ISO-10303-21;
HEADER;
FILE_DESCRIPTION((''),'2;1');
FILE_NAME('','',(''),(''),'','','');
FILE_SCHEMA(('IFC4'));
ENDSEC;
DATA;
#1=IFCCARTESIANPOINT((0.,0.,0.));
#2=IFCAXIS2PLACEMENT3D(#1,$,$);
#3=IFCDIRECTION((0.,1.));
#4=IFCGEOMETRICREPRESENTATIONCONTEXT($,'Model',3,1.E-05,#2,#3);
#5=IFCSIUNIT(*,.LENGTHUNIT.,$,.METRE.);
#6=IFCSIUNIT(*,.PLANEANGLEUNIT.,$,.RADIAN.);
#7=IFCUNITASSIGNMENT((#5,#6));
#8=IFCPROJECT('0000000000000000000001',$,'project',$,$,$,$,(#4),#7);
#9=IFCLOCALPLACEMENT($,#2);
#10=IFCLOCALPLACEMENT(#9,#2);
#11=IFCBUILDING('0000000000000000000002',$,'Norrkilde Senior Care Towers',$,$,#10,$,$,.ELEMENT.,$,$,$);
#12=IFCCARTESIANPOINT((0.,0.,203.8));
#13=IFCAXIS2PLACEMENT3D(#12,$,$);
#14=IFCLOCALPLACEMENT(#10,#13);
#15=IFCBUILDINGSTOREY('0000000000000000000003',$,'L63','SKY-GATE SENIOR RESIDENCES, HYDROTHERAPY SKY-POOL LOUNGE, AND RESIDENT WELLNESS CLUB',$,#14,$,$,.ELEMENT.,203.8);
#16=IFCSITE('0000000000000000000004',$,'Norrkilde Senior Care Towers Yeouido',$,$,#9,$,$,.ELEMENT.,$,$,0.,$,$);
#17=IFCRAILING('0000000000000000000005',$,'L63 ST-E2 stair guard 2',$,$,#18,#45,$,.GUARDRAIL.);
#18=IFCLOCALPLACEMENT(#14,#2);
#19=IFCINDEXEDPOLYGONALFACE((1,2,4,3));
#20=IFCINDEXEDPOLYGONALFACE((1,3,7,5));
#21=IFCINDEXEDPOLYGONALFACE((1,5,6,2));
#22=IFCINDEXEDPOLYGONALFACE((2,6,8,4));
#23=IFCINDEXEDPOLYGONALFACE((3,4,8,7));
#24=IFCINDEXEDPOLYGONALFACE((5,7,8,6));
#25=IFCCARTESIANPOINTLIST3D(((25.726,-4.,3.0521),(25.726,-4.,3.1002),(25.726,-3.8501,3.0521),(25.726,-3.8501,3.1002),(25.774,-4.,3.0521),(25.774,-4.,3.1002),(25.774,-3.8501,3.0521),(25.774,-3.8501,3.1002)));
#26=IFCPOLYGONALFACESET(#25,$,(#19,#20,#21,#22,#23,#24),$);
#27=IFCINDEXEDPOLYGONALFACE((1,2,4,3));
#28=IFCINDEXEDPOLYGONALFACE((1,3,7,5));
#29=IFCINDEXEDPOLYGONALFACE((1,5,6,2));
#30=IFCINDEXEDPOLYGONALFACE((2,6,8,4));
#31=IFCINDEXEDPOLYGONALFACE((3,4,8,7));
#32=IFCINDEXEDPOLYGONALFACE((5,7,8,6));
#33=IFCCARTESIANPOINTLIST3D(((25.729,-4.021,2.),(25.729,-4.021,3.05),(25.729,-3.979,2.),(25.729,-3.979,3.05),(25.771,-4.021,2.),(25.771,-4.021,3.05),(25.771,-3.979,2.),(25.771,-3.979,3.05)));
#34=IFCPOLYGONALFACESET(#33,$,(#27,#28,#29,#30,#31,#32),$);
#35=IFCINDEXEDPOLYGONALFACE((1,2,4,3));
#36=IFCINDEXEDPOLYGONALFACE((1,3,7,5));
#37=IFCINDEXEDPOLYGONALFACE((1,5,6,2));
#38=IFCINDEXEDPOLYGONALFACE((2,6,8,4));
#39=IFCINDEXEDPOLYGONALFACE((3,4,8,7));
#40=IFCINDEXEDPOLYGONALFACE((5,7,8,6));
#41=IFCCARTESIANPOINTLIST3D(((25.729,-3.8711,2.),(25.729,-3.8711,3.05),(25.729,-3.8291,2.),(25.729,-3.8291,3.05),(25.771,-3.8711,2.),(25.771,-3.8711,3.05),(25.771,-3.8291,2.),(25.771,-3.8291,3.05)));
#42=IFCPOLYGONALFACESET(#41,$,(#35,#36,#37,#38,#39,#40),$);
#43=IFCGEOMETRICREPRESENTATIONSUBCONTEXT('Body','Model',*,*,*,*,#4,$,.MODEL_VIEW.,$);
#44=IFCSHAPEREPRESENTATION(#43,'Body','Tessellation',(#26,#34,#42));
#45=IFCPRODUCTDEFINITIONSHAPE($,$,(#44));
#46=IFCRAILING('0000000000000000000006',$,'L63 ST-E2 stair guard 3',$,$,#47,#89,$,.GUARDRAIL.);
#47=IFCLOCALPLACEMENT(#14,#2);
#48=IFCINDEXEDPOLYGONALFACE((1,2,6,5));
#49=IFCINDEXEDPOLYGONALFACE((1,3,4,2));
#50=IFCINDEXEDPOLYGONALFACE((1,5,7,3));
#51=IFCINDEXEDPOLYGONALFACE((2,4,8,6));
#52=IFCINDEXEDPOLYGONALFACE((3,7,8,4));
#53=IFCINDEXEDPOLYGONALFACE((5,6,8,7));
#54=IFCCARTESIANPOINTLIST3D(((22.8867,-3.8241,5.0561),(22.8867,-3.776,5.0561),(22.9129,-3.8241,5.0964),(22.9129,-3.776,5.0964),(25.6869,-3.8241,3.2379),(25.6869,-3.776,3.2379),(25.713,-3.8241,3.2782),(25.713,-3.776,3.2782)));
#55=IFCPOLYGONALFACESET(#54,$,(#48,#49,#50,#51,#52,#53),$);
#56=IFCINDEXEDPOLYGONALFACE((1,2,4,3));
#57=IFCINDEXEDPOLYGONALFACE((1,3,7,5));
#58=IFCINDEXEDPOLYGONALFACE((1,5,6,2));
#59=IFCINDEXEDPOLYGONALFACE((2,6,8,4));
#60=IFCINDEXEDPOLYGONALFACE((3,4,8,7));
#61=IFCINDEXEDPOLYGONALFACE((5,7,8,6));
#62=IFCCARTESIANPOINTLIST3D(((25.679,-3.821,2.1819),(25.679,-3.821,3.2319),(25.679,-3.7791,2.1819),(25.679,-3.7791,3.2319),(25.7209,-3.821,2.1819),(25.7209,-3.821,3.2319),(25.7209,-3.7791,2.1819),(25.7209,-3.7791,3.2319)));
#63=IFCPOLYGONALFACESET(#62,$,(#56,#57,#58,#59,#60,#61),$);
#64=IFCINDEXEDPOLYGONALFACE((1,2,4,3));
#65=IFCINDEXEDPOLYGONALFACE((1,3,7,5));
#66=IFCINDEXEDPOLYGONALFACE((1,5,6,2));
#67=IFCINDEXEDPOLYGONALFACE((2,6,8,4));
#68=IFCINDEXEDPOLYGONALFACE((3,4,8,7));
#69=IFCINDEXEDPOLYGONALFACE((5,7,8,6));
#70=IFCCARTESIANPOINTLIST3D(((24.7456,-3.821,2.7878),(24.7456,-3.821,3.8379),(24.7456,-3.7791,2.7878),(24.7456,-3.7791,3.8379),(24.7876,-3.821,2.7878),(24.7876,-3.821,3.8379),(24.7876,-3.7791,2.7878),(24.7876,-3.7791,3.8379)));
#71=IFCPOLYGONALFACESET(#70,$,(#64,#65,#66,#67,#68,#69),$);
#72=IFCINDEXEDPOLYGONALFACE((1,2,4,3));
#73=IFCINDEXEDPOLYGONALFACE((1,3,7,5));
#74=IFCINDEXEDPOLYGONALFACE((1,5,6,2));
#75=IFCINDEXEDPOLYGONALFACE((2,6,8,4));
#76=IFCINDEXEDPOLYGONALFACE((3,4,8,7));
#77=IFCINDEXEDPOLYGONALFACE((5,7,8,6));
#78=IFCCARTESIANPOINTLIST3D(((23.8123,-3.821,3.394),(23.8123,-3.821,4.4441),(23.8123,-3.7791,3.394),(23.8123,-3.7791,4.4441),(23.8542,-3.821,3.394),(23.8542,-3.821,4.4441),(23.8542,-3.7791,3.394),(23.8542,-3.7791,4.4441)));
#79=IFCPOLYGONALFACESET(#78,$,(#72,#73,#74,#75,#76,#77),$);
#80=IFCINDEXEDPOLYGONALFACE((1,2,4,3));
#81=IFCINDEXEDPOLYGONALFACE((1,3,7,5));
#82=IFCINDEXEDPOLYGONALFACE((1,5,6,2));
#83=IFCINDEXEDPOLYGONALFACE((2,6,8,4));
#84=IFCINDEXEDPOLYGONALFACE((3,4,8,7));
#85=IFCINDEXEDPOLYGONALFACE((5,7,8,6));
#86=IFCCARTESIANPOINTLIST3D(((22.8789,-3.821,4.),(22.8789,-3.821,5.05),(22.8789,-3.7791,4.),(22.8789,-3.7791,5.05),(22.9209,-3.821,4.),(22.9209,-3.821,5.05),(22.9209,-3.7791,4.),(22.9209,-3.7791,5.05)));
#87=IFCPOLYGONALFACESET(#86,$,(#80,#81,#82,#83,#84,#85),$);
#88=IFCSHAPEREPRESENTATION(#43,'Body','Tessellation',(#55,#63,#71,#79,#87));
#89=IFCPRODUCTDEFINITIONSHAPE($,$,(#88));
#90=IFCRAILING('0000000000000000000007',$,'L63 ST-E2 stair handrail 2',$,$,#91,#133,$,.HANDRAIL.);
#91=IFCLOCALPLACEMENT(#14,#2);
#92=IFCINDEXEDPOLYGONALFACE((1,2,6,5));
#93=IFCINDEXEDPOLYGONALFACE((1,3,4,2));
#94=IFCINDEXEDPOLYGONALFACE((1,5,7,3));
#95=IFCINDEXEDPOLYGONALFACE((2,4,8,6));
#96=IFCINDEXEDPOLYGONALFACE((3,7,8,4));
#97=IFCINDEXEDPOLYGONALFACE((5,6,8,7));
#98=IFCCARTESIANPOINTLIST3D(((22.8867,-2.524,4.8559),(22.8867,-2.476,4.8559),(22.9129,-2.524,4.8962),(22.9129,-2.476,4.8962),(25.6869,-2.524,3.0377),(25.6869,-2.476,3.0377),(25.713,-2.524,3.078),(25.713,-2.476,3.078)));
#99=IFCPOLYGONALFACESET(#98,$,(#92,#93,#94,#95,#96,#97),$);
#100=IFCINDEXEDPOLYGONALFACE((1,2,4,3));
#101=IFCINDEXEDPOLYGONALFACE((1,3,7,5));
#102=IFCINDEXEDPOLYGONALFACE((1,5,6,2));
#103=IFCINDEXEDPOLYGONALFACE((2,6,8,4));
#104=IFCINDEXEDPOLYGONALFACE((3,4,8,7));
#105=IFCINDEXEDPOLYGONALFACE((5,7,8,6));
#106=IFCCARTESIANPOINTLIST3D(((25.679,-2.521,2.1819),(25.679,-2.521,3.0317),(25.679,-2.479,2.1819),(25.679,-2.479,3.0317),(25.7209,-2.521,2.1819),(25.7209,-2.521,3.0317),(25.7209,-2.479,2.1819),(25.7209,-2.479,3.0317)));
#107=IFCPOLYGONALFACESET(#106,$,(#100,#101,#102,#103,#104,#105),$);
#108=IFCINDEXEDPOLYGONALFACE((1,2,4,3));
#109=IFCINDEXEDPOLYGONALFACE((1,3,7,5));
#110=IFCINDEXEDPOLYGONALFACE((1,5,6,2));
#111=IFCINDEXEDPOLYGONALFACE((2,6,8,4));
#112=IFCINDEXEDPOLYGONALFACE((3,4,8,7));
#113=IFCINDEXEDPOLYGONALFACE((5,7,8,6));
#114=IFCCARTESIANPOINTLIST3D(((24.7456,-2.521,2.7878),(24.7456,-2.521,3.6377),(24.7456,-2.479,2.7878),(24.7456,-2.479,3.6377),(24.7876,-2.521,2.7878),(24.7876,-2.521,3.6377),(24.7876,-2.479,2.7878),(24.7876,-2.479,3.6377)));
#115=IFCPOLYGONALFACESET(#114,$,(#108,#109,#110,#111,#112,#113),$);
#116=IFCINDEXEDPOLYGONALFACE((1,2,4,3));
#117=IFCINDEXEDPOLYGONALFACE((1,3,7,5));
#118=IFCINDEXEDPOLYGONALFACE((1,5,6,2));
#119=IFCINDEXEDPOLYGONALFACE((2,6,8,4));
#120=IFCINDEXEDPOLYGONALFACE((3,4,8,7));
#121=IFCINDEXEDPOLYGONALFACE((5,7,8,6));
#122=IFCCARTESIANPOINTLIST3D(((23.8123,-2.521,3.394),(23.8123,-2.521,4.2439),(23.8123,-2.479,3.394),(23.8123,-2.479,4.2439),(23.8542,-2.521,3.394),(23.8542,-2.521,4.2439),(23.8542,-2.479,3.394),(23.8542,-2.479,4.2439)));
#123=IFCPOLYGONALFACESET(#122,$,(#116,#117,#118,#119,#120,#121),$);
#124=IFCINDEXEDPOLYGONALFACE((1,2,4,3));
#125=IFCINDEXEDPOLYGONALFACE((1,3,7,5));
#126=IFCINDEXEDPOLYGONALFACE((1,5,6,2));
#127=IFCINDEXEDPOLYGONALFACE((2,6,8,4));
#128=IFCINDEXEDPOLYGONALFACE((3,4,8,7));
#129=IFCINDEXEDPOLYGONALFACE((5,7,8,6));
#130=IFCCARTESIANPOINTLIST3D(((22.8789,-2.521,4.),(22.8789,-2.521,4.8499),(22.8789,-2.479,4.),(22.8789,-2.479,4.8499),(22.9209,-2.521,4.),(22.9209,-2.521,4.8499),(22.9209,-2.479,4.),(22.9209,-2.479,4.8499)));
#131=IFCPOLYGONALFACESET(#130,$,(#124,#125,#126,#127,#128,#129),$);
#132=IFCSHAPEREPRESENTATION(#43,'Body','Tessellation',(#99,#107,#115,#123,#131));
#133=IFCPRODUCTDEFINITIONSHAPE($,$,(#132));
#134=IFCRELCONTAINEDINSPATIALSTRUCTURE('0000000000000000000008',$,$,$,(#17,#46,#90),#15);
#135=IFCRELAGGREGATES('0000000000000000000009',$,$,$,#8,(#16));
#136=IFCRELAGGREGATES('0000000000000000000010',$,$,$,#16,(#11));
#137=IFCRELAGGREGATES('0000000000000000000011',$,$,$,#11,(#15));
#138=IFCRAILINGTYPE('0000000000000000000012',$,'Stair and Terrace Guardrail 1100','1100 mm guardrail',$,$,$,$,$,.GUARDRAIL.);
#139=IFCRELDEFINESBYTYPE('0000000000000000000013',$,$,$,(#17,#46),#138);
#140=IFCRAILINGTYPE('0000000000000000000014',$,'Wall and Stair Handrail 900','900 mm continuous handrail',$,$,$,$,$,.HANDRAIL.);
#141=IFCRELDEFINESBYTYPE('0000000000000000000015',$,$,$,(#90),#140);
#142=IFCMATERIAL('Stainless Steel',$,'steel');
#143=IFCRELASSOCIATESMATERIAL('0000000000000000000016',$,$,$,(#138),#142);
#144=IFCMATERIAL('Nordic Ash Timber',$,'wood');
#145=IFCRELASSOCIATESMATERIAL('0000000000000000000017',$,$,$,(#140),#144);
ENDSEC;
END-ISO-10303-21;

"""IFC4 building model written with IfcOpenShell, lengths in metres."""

from ifc_helpers import new_model, si_unit, direction, frame, origin, origin_2d, place, context, subcontext, project, spatial, rectangle, extrude, material, type_object, element, save


model = new_model("IFC4")

# Units and contexts
model_context = context("Model", 3, precision=1e-05, world=origin(), true_north=direction((0.0, 1.0)))
body_context = subcontext(model_context, "Body", "Model", "MODEL_VIEW")
ifc_project = project(units=[si_unit("LENGTHUNIT", "METRE"), si_unit("PLANEANGLEUNIT", "RADIAN")], contexts=[model_context])

# Site, building, storey
site_placement = place(None, origin())
site = spatial("IfcSite", under=ifc_project, at=site_placement, Name="Norrkilde Senior Care Towers Yeouido", CompositionType="ELEMENT", RefElevation=0.0)
building_placement = place(site_placement, origin())
building = spatial("IfcBuilding", under=site, at=building_placement, Name="Norrkilde Senior Care Towers", CompositionType="ELEMENT")
storey_placement = place(building_placement, frame((0.0, 0.0, 203.8)))
storey = spatial("IfcBuildingStorey", under=building, at=storey_placement, Name="L63", Description="SKY-GATE SENIOR RESIDENCES, HYDROTHERAPY SKY-POOL LOUNGE, AND RESIDENT WELLNESS CLUB", CompositionType="ELEMENT", Elevation=203.8)

# Shared definitions
ifc_material_1 = material(Name="Stainless Steel", Category="steel")

# Railings
railing_type_1 = type_object("IfcRailingType", Name="Stair and Terrace Guardrail 1100", Description="1100 mm guardrail", PredefinedType="GUARDRAIL", material=ifc_material_1)
railing_1_placement = place(storey_placement, frame((25.75, -4.0, 2.0)))
element("IfcRailing", 1, at=railing_1_placement, inside=storey, type_object=railing_type_1, Name="L63 ST-E2 stair guard 2", PredefinedType="GUARDRAIL", context=body_context, shape_type="SweptSolid", body=[
    extrude(rectangle(XDim=0.0481, YDim=0.0481, at=origin_2d()), frame((0.0, 0.0, 1.0762), z_axis=(0.0, 1.0, 0.0), x_axis=(-1.0, 0.0, 0.0)), (0.0, 0.0, 1.0), 0.1499),
    extrude(rectangle(XDim=0.042, YDim=0.042, at=origin_2d()), origin(), (0.0, 0.0, 1.0), 1.05),
    extrude(rectangle(XDim=0.042, YDim=0.042, at=origin_2d()), frame((0.0, 0.1499, 0.0)), (0.0, 0.0, 1.0), 1.05),
])
railing_2_placement = place(storey_placement, frame((25.7, -3.8, 2.1819)))
element("IfcRailing", 2, at=railing_2_placement, inside=storey, type_object=railing_type_1, Name="L63 ST-E2 stair guard 3", PredefinedType="GUARDRAIL", context=body_context, shape_type="SweptSolid", body=[
    extrude(rectangle(XDim=0.0481, YDim=0.0481, at=origin_2d()), frame((0.0, 0.0, 1.0762), z_axis=(-0.838706, 0.0, 0.544585), x_axis=(0.0, -1.0, 0.0)), (0.0, 0.0, 1.0), 3.3386),
    extrude(rectangle(XDim=0.042, YDim=0.042, at=origin_2d()), origin(), (0.0, 0.0, 1.0), 1.05),
    extrude(rectangle(XDim=0.042, YDim=0.042, at=origin_2d()), frame((-0.9333, 0.0, 0.606)), (0.0, 0.0, 1.0), 1.05),
    extrude(rectangle(XDim=0.042, YDim=0.042, at=origin_2d()), frame((-1.8667, 0.0, 1.2122)), (0.0, 0.0, 1.0), 1.05),
    extrude(rectangle(XDim=0.042, YDim=0.042, at=origin_2d()), frame((-2.8, 0.0, 1.8181)), (0.0, 0.0, 1.0), 1.05),
])
ifc_material_2 = material(Name="Nordic Ash Timber", Category="wood")
railing_type_2 = type_object("IfcRailingType", Name="Wall and Stair Handrail 900", Description="900 mm continuous handrail", PredefinedType="HANDRAIL", material=ifc_material_2)
railing_3_placement = place(storey_placement, frame((25.7, -2.5, 2.1819)))
element("IfcRailing", 3, at=railing_3_placement, inside=storey, type_object=railing_type_2, Name="L63 ST-E2 stair handrail 2", PredefinedType="HANDRAIL", context=body_context, shape_type="SweptSolid", body=[
    extrude(rectangle(XDim=0.0481, YDim=0.0481, at=origin_2d()), frame((0.0, 0.0, 0.876), z_axis=(-0.838706, 0.0, 0.544585), x_axis=(0.0, -1.0, 0.0)), (0.0, 0.0, 1.0), 3.3386),
    extrude(rectangle(XDim=0.042, YDim=0.042, at=origin_2d()), origin(), (0.0, 0.0, 1.0), 0.8499),
    extrude(rectangle(XDim=0.042, YDim=0.042, at=origin_2d()), frame((-0.9333, 0.0, 0.606)), (0.0, 0.0, 1.0), 0.8499),
    extrude(rectangle(XDim=0.042, YDim=0.042, at=origin_2d()), frame((-1.8667, 0.0, 1.2122)), (0.0, 0.0, 1.0), 0.8499),
    extrude(rectangle(XDim=0.042, YDim=0.042, at=origin_2d()), frame((-2.8, 0.0, 1.8181)), (0.0, 0.0, 1.0), 0.8499),
])

save(model, "model.ifc")
